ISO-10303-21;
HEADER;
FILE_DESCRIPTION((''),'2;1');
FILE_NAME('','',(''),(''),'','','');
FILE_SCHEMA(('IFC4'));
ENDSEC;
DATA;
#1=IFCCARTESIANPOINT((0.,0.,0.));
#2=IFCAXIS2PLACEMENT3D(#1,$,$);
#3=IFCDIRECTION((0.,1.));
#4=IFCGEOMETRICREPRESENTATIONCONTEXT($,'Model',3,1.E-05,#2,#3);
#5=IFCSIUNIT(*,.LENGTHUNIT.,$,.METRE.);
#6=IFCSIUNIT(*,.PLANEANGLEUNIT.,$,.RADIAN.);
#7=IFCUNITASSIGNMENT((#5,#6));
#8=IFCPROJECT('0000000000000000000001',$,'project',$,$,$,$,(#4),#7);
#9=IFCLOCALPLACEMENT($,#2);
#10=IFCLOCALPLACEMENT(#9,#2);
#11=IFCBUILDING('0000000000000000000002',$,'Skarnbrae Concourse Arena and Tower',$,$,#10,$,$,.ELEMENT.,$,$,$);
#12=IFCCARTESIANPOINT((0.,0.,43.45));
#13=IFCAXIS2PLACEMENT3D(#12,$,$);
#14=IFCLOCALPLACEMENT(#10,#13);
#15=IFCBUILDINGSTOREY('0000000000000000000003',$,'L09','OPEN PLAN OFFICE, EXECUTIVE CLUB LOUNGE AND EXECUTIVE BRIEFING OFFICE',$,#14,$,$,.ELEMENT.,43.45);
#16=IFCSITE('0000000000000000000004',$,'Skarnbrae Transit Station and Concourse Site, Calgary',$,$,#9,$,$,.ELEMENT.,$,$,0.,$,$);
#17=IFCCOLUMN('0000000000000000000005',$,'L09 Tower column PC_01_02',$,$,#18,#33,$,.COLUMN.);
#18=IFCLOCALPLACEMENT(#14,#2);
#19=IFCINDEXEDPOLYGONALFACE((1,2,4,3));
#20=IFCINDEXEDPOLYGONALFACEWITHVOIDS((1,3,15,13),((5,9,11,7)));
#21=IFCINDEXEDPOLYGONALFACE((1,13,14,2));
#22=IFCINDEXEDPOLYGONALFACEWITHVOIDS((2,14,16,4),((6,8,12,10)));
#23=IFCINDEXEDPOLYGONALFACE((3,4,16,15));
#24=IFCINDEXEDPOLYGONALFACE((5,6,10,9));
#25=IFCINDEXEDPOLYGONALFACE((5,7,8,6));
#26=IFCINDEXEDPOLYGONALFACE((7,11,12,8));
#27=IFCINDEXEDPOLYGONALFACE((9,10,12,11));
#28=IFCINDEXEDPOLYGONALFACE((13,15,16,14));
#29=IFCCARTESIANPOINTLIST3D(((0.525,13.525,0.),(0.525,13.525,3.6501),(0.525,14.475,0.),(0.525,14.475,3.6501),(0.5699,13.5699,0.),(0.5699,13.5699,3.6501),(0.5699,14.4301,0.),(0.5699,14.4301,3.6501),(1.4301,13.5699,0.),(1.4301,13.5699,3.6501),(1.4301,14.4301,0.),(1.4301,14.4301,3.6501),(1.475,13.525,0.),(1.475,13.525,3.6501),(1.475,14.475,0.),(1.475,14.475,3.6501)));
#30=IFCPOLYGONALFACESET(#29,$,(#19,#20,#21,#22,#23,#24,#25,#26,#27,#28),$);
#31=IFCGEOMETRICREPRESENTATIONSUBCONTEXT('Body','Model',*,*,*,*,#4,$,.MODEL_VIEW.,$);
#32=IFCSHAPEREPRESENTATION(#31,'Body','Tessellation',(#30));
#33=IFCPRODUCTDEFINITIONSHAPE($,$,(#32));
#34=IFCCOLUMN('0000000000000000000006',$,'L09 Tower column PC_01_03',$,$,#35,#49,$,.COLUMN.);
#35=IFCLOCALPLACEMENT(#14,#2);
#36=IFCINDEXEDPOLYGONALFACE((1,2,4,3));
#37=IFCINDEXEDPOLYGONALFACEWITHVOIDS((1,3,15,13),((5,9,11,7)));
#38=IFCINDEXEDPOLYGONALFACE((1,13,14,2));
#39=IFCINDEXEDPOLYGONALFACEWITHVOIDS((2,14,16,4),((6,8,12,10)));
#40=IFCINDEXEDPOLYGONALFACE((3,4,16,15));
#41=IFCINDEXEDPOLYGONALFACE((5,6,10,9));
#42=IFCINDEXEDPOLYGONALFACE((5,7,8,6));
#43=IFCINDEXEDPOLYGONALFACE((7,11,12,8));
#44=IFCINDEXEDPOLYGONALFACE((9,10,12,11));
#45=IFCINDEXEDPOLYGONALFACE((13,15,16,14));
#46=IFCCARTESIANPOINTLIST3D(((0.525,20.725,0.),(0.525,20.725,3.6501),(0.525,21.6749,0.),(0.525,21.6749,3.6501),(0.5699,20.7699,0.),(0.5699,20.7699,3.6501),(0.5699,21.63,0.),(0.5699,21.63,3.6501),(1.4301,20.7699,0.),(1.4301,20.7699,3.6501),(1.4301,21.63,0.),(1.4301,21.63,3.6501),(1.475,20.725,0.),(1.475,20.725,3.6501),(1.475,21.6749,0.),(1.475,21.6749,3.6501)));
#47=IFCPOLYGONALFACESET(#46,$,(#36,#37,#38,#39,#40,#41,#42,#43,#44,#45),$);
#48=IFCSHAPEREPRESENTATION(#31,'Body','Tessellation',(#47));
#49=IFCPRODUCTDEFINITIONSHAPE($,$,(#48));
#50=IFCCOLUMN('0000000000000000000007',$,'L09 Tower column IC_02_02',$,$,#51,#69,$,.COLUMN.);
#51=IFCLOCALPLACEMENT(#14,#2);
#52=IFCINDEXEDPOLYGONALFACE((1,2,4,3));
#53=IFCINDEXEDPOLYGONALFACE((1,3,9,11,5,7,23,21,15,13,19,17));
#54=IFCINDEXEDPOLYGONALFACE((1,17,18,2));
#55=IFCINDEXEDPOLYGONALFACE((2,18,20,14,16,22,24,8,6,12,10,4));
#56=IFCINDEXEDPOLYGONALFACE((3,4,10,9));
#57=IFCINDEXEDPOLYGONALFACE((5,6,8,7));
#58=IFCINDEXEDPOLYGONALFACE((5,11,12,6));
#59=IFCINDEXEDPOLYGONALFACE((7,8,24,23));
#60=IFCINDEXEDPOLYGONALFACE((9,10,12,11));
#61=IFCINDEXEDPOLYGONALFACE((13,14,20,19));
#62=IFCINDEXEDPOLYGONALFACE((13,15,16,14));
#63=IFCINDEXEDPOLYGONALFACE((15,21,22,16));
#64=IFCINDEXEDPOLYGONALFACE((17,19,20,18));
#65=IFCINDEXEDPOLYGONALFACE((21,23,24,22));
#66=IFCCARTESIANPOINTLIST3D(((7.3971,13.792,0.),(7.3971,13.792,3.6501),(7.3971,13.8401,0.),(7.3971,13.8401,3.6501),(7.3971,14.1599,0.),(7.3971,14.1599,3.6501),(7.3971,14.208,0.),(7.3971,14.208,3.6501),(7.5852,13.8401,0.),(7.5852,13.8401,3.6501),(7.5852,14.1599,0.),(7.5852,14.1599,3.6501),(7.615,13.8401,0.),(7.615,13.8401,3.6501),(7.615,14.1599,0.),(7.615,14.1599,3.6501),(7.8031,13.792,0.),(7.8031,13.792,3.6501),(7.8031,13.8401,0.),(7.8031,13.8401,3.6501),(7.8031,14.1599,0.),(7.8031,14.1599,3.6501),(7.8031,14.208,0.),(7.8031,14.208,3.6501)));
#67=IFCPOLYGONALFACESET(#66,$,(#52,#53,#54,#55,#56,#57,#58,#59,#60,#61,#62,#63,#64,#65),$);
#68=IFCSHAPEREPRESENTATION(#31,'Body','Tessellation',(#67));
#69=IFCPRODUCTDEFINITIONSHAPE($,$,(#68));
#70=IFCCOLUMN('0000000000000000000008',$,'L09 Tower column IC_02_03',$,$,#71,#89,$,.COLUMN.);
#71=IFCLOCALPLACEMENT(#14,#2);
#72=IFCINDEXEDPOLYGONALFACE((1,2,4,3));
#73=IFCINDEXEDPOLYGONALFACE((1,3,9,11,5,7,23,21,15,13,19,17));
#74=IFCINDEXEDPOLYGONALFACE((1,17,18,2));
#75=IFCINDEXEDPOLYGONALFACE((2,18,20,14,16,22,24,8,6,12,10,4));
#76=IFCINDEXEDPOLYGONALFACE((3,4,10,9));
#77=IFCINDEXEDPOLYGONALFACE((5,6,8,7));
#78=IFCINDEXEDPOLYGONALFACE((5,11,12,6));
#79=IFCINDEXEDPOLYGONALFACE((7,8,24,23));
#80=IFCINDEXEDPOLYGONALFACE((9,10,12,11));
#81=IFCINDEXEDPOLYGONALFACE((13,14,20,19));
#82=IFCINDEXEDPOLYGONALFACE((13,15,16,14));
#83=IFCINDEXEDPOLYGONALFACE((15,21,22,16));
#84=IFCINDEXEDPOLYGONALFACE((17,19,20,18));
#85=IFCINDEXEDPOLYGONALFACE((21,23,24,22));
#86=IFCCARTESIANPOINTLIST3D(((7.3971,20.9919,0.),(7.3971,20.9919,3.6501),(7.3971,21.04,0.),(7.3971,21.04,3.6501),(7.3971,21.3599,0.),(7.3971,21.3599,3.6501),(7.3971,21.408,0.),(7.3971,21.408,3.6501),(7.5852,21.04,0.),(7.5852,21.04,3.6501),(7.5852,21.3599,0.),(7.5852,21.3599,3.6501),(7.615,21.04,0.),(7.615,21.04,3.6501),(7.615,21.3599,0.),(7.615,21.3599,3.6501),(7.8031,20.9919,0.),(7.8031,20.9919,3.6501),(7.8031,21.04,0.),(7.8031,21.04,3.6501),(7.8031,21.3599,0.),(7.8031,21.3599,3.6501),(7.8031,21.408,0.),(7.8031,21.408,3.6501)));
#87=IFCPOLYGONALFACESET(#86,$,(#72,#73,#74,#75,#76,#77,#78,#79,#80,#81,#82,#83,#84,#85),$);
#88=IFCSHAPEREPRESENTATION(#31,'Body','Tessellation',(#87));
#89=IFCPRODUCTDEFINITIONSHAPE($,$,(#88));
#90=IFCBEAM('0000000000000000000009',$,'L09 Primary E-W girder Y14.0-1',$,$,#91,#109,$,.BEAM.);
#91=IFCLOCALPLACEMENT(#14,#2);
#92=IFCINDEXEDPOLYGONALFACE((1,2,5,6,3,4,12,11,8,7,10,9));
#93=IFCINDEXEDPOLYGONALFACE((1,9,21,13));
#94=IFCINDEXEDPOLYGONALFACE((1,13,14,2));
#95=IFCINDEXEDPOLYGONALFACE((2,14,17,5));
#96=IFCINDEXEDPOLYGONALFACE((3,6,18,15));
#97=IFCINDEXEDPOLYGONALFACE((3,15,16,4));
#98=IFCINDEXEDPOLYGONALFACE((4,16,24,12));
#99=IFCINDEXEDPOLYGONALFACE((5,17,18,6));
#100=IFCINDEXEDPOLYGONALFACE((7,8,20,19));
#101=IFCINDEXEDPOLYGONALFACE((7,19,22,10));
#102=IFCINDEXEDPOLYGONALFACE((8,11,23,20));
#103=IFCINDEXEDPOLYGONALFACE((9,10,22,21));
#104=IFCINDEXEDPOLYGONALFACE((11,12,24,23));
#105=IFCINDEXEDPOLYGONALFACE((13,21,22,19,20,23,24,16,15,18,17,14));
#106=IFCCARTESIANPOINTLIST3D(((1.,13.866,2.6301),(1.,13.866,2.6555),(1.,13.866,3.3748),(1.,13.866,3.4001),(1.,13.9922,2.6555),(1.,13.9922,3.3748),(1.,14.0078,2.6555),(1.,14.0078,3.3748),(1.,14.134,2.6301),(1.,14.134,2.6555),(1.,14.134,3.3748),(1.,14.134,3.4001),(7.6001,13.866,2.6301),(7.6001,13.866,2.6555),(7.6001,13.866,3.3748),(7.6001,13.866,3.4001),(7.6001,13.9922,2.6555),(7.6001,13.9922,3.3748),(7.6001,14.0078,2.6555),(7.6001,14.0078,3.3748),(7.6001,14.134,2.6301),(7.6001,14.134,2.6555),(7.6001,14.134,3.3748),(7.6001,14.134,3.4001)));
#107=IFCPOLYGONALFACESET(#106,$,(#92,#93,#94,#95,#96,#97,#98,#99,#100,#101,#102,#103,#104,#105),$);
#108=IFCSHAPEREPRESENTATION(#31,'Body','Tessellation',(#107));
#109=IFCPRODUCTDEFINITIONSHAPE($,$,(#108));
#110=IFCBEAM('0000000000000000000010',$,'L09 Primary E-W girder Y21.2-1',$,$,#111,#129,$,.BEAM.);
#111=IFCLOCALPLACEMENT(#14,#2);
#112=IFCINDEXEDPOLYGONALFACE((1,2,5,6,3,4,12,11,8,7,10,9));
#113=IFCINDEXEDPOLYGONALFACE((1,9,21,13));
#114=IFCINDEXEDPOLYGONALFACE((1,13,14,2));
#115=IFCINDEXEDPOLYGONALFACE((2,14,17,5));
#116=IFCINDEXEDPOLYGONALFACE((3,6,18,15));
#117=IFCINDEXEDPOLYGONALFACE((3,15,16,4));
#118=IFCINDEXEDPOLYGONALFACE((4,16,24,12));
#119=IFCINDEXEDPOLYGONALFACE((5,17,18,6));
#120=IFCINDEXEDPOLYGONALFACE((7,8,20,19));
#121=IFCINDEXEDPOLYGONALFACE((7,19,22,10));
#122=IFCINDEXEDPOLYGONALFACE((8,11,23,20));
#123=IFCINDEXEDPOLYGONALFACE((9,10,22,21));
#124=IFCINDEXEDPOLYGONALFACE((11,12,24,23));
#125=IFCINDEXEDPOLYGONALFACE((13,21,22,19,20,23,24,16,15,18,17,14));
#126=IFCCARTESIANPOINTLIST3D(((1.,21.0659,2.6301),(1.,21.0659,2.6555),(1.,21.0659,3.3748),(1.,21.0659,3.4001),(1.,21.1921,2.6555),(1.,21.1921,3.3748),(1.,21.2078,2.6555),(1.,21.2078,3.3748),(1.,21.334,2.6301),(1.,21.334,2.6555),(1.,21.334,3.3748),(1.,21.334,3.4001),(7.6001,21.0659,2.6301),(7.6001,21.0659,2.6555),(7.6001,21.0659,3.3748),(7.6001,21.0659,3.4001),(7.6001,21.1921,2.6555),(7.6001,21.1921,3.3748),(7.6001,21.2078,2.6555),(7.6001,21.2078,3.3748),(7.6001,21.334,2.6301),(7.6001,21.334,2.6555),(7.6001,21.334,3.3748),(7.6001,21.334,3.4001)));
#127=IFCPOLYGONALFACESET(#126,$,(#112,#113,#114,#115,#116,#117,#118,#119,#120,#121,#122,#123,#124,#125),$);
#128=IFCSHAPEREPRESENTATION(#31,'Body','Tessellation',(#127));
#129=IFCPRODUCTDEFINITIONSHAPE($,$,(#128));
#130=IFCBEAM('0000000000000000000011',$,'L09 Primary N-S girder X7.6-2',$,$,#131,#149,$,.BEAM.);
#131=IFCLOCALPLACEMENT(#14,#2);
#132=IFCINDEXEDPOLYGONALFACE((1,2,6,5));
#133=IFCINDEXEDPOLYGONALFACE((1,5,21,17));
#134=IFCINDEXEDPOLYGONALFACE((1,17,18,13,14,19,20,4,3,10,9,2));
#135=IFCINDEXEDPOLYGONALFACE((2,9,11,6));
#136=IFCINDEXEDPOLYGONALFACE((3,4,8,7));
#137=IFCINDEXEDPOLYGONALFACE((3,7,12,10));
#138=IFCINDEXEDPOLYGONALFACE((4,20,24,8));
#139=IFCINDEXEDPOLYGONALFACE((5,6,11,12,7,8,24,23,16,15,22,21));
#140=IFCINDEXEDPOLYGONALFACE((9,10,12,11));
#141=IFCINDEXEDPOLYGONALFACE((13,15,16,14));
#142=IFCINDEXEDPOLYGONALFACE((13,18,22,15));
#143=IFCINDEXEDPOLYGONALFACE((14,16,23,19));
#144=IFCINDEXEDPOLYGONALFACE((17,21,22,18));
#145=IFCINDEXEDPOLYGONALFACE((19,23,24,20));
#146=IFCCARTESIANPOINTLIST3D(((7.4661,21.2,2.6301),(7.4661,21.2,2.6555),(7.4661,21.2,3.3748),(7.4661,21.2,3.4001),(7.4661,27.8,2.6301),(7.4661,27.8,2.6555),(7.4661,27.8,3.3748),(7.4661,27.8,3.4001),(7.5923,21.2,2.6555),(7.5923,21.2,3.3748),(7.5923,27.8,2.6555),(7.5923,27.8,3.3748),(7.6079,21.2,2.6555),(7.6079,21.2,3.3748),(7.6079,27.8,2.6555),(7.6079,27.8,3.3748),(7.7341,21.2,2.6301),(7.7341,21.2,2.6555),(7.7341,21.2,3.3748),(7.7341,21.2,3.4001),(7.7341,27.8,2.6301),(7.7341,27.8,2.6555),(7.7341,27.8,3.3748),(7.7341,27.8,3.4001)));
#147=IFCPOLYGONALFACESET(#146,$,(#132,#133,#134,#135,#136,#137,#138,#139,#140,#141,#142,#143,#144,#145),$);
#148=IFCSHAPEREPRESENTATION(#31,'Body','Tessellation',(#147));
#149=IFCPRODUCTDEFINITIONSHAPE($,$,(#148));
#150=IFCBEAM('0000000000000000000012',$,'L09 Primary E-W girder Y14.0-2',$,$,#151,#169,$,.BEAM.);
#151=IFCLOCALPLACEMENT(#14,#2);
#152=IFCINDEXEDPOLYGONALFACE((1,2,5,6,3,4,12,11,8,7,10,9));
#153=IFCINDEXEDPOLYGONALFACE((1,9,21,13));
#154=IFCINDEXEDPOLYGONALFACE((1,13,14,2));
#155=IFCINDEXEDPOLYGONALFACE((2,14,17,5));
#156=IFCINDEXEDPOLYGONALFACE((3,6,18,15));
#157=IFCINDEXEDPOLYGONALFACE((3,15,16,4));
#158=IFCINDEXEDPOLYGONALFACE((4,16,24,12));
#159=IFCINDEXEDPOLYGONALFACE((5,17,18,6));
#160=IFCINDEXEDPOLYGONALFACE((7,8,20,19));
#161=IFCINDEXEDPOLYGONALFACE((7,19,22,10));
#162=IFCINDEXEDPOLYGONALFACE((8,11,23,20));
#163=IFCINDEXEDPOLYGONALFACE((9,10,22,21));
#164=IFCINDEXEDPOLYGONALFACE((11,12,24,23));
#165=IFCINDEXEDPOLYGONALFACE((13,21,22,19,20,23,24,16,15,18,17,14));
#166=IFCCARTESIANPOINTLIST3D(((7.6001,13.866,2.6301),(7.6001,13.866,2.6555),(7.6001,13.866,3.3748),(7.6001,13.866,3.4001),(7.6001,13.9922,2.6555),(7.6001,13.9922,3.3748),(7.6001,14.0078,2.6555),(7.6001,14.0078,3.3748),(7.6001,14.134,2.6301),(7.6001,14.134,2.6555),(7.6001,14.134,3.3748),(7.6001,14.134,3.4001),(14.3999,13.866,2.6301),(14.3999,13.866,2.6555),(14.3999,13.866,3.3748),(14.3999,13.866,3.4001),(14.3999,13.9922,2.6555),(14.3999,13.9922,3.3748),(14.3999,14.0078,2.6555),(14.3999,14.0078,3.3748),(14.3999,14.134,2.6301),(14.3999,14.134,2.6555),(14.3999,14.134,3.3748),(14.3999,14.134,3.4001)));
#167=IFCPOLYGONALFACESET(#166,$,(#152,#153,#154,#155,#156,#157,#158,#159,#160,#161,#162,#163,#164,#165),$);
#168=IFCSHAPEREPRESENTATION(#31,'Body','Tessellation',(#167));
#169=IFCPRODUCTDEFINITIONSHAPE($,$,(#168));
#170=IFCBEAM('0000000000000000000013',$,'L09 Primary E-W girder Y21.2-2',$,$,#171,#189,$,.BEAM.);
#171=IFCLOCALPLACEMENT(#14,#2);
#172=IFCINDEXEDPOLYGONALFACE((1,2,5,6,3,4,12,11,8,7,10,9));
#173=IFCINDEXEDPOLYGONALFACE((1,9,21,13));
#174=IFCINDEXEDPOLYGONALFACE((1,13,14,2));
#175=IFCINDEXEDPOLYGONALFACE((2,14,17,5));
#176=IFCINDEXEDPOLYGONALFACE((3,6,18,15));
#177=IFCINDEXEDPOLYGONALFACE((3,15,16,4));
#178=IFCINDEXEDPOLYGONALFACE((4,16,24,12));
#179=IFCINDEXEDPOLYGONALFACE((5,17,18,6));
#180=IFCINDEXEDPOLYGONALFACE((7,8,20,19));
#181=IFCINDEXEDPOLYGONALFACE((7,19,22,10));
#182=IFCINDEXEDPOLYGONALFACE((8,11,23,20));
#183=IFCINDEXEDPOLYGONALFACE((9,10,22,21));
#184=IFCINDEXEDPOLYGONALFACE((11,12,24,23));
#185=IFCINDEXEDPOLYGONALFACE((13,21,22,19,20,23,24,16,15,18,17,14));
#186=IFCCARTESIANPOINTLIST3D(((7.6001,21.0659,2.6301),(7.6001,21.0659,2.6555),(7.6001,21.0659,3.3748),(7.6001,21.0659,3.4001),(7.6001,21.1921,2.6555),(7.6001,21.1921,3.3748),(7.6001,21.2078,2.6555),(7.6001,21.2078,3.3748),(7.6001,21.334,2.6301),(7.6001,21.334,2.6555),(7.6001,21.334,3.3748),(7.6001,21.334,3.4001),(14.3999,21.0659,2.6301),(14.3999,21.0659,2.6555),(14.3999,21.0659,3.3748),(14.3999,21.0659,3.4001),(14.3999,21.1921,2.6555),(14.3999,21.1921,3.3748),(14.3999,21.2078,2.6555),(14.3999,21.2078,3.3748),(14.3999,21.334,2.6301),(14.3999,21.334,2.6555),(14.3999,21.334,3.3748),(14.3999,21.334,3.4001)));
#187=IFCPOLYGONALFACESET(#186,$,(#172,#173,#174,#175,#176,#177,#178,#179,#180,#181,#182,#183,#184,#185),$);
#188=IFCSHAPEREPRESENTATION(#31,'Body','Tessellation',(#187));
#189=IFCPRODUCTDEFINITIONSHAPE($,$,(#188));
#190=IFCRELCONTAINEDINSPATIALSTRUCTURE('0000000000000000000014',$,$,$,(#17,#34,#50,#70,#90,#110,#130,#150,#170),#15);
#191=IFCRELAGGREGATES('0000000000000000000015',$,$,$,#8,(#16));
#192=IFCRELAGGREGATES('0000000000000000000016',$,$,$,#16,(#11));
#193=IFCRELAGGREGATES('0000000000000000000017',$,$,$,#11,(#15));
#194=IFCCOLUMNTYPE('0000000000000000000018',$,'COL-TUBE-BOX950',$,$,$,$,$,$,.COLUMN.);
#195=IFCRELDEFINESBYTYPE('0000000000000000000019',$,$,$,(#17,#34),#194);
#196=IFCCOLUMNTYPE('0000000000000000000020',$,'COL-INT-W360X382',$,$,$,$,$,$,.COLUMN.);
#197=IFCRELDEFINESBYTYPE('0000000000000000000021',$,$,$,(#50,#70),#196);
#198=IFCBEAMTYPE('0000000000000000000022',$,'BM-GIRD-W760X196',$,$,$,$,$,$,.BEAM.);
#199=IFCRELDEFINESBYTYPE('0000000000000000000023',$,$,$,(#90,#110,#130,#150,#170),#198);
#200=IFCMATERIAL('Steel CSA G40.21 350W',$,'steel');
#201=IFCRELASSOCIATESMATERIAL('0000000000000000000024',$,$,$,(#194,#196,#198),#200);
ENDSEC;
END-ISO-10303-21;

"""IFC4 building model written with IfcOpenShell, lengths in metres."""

from ifc_helpers import new_model, si_unit, direction, frame, origin, origin_2d, place, context, subcontext, project, spatial, hollow_rectangle, i_section, extrude, source, transform, mapped, material, material_profile, profile_set, type_object, element, save


model = new_model("IFC4")

# Units and contexts
model_context = context("Model", 3, precision=1e-05, world=origin(), true_north=direction((0.0, 1.0)))
body_context = subcontext(model_context, "Body", "Model", "MODEL_VIEW")
ifc_project = project(units=[si_unit("LENGTHUNIT", "METRE"), si_unit("PLANEANGLEUNIT", "RADIAN")], contexts=[model_context])

# Site, building, storey
site_placement = place(None, origin())
site = spatial("IfcSite", under=ifc_project, at=site_placement, Name="Skarnbrae Transit Station and Concourse Site, Calgary", CompositionType="ELEMENT", RefElevation=0.0)
building_placement = place(site_placement, origin())
building = spatial("IfcBuilding", under=site, at=building_placement, Name="Skarnbrae Concourse Arena and Tower", CompositionType="ELEMENT")
storey_placement = place(building_placement, frame((0.0, 0.0, 43.45)))
storey = spatial("IfcBuildingStorey", under=building, at=storey_placement, Name="L09", Description="OPEN PLAN OFFICE, EXECUTIVE CLUB LOUNGE AND EXECUTIVE BRIEFING OFFICE", CompositionType="ELEMENT", Elevation=43.45)

# Columns
ifc_material_1 = material(Name="Steel CSA G40.21 350W", Category="steel")
ifc_material_profile_1 = material_profile(ifc_material_1, hollow_rectangle(XDim=0.95, YDim=0.95, WallThickness=0.0449, at=origin_2d()), Name="BOX950X950X45")
ifc_profile_set_1 = profile_set([ifc_material_profile_1], Name="Steel CSA G40.21 350W")
column_type_1 = type_object("IfcColumnType", Name="COL-TUBE-BOX950", PredefinedType="COLUMN", material=ifc_profile_set_1)
shared_shape_1 = source(origin(), body_context, "Body", "SweptSolid", [
    extrude(hollow_rectangle(XDim=0.95, YDim=0.95, WallThickness=0.0449, at=origin_2d()), origin(), (0.0, 0.0, 1.0), 3.6501),
])
for number, where, z_axis, x_axis, name in (
    (1, (1.0, 14.0, 0.0), (0.0, 0.0, 1.0), (1.0, 0.0, 0.0), "L09 Tower column PC_01_02"),
    (2, (1.0, 21.2, 0.0), (0.0, 0.0, 1.0), (1.0, 0.0, 0.0), "L09 Tower column PC_01_03"),
):
    element("IfcColumn", number, at=place(storey_placement, frame(where, z_axis=z_axis, x_axis=x_axis)), inside=storey, type_object=column_type_1, Name=name, PredefinedType="COLUMN", context=body_context, shape_type="MappedRepresentation", body=[
        mapped(shared_shape_1, transform((0.0, 0.0, 0.0))),
    ])
ifc_material_profile_2 = material_profile(ifc_material_1, i_section(OverallWidth=0.406, OverallDepth=0.416, WebThickness=0.0298, FlangeThickness=0.0481, at=origin_2d()), Name="W360X382")
ifc_profile_set_2 = profile_set([ifc_material_profile_2], Name="Steel CSA G40.21 350W")
column_type_2 = type_object("IfcColumnType", Name="COL-INT-W360X382", PredefinedType="COLUMN", material=ifc_profile_set_2)
shared_shape_2 = source(origin(), body_context, "Body", "SweptSolid", [
    extrude(i_section(OverallWidth=0.406, OverallDepth=0.416, WebThickness=0.0298, FlangeThickness=0.0481, at=origin_2d()), origin(), (0.0, 0.0, 1.0), 3.6501),
])
for number, where, z_axis, x_axis, name in (
    (3, (7.6001, 14.0, 0.0), (0.0, 0.0, 1.0), (1.0, 0.0, 0.0), "L09 Tower column IC_02_02"),
    (4, (7.6001, 21.2, 0.0), (0.0, 0.0, 1.0), (1.0, 0.0, 0.0), "L09 Tower column IC_02_03"),
):
    element("IfcColumn", number, at=place(storey_placement, frame(where, z_axis=z_axis, x_axis=x_axis)), inside=storey, type_object=column_type_2, Name=name, PredefinedType="COLUMN", context=body_context, shape_type="MappedRepresentation", body=[
        mapped(shared_shape_2, transform((0.0, 0.0, 0.0))),
    ])

# Beams
ifc_material_profile_3 = material_profile(ifc_material_1, i_section(OverallWidth=0.2681, OverallDepth=0.77, WebThickness=0.0156, FlangeThickness=0.0254, at=origin_2d()), Name="W760X196")
ifc_profile_set_3 = profile_set([ifc_material_profile_3], Name="Steel CSA G40.21 350W")
beam_type_1 = type_object("IfcBeamType", Name="BM-GIRD-W760X196", PredefinedType="BEAM", material=ifc_profile_set_3)
shared_shape_3 = source(origin(), body_context, "Body", "SweptSolid", [
    extrude(i_section(OverallWidth=0.2681, OverallDepth=0.77, WebThickness=0.0156, FlangeThickness=0.0254, at=origin_2d()), origin(), (0.0, 0.0, 1.0), 6.6001),
])
for number, where, z_axis, x_axis, name in (
    (5, (1.0, 14.0, 3.0151), (1.0, 0.0, 0.0), (0.0, 1.0, 0.0), "L09 Primary E-W girder Y14.0-1"),
    (6, (1.0, 21.2, 3.0151), (1.0, 0.0, 0.0), (0.0, 1.0, 0.0), "L09 Primary E-W girder Y21.2-1"),
    (7, (7.6001, 21.2, 3.0151), (0.0, 1.0, 0.0), (-1.0, 0.0, 0.0), "L09 Primary N-S girder X7.6-2"),
):
    element("IfcBeam", number, at=place(storey_placement, frame(where, z_axis=z_axis, x_axis=x_axis)), inside=storey, type_object=beam_type_1, Name=name, PredefinedType="BEAM", context=body_context, shape_type="MappedRepresentation", body=[
        mapped(shared_shape_3, transform((0.0, 0.0, 0.0))),
    ])
shared_shape_4 = source(origin(), body_context, "Body", "SweptSolid", [
    extrude(i_section(OverallWidth=0.2681, OverallDepth=0.77, WebThickness=0.0156, FlangeThickness=0.0254, at=origin_2d()), origin(), (0.0, 0.0, 1.0), 6.7998),
])
for number, where, z_axis, x_axis, name in (
    (8, (7.6001, 14.0, 3.0151), (1.0, 0.0, 0.0), (0.0, 1.0, 0.0), "L09 Primary E-W girder Y14.0-2"),
    (9, (7.6001, 21.2, 3.0151), (1.0, 0.0, 0.0), (0.0, 1.0, 0.0), "L09 Primary E-W girder Y21.2-2"),
):
    element("IfcBeam", number, at=place(storey_placement, frame(where, z_axis=z_axis, x_axis=x_axis)), inside=storey, type_object=beam_type_1, Name=name, PredefinedType="BEAM", context=body_context, shape_type="MappedRepresentation", body=[
        mapped(shared_shape_4, transform((0.0, 0.0, 0.0))),
    ])

save(model, "model.ifc")
